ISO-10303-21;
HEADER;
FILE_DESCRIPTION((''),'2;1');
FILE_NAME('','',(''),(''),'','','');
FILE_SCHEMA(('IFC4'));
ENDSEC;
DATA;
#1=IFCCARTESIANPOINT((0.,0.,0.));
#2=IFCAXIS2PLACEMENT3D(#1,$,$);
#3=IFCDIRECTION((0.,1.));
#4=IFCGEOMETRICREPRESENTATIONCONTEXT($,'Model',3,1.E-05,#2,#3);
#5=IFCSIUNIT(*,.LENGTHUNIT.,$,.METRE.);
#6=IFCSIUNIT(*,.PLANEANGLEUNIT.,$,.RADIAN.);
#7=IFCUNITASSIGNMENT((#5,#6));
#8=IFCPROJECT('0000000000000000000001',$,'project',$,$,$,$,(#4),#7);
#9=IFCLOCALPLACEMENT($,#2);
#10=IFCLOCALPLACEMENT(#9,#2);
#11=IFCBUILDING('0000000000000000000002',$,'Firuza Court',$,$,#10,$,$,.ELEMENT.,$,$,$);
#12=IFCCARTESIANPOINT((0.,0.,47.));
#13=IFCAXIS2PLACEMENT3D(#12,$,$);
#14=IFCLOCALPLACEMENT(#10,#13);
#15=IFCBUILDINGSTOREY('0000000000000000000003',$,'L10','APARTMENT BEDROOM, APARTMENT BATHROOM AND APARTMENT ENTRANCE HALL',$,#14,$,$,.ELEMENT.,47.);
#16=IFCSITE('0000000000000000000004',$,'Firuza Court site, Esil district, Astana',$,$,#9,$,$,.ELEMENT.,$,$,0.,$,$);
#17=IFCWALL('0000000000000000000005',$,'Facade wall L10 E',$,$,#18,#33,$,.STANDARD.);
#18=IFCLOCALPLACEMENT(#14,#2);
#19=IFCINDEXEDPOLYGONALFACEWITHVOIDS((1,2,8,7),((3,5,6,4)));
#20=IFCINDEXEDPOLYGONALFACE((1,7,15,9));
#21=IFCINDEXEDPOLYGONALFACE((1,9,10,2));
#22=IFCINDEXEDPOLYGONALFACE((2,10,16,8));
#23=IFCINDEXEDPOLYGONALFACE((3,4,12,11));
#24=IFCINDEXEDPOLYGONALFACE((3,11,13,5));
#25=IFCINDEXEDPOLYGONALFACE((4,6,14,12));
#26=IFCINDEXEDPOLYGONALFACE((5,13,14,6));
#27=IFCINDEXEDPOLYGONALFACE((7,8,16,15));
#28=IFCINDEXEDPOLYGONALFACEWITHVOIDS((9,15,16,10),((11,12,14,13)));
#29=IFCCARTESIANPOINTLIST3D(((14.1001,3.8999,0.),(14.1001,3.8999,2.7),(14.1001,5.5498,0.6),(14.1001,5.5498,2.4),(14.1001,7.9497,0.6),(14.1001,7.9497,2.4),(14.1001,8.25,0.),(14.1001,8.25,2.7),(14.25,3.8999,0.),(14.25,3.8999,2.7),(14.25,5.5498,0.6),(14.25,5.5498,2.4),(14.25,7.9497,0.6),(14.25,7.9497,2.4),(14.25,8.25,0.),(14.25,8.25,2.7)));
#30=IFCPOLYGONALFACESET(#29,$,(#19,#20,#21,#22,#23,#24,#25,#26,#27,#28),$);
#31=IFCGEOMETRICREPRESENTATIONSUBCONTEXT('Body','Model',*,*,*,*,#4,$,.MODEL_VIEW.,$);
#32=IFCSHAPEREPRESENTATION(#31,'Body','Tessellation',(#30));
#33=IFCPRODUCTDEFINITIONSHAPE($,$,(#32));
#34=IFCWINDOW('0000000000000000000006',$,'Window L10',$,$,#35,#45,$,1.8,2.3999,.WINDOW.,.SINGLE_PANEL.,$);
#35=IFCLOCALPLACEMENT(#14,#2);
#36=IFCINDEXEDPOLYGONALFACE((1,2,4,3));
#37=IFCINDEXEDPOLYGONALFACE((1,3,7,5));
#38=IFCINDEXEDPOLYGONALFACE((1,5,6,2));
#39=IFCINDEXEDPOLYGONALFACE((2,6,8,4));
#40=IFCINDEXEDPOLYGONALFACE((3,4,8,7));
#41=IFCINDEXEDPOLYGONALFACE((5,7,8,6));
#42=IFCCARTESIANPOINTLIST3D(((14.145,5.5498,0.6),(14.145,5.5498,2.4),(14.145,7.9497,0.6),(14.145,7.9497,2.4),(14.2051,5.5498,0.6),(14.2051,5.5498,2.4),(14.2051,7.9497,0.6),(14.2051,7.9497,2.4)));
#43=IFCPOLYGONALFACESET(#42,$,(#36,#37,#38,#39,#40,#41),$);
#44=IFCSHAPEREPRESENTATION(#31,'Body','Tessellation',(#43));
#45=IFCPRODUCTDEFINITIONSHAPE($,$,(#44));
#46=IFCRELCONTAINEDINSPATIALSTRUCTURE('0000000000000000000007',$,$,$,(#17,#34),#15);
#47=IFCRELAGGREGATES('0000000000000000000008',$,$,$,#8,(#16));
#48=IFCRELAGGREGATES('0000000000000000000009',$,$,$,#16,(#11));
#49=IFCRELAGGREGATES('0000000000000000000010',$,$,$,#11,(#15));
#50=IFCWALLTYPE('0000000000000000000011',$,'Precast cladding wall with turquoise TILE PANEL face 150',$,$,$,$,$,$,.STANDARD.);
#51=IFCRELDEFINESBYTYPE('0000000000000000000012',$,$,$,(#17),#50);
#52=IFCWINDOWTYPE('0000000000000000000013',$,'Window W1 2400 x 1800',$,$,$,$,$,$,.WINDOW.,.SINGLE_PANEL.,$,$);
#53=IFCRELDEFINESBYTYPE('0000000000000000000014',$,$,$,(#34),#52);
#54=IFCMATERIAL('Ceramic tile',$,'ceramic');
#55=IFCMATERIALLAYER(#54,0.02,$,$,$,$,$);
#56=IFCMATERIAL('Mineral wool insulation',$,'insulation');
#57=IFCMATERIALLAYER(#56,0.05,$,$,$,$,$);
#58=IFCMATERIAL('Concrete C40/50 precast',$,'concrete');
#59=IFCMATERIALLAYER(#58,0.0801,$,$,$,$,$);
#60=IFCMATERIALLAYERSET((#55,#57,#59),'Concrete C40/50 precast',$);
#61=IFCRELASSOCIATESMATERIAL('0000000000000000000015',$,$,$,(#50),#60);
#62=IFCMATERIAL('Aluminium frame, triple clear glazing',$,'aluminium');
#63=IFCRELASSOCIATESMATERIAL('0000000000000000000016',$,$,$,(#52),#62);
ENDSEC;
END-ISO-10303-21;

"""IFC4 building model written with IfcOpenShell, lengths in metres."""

from ifc_helpers import new_model, si_unit, direction, frame, frame_2d, origin, place, context, subcontext, project, spatial, rectangle, extrude, material, layer, layer_set, type_object, element, fill, save


model = new_model("IFC4")

# Units and contexts
model_context = context("Model", 3, precision=1e-05, world=origin(), true_north=direction((0.0, 1.0)))
body_context = subcontext(model_context, "Body", "Model", "MODEL_VIEW")
ifc_project = project(units=[si_unit("LENGTHUNIT", "METRE"), si_unit("PLANEANGLEUNIT", "RADIAN")], contexts=[model_context])

# Site, building, storey
site_placement = place(None, origin())
site = spatial("IfcSite", under=ifc_project, at=site_placement, Name="Firuza Court site, Esil district, Astana", CompositionType="ELEMENT", RefElevation=0.0)
building_placement = place(site_placement, origin())
building = spatial("IfcBuilding", under=site, at=building_placement, Name="Firuza Court", CompositionType="ELEMENT")
storey_placement = place(building_placement, frame((0.0, 0.0, 47.0)))
storey = spatial("IfcBuildingStorey", under=building, at=storey_placement, Name="L10", Description="APARTMENT BEDROOM, APARTMENT BATHROOM AND APARTMENT ENTRANCE HALL", CompositionType="ELEMENT", Elevation=47.0)

# Shared definitions
ifc_material_1 = material(Name="Ceramic tile", Category="ceramic")
ifc_layer_1 = layer(ifc_material_1, 0.02)
ifc_material_2 = material(Name="Mineral wool insulation", Category="insulation")
ifc_layer_2 = layer(ifc_material_2, 0.05)
ifc_material_3 = material(Name="Concrete C40/50 precast", Category="concrete")
ifc_layer_3 = layer(ifc_material_3, 0.0801)
ifc_layer_set_1 = layer_set([ifc_layer_1, ifc_layer_2, ifc_layer_3], Name="Concrete C40/50 precast")
wall_type_1 = type_object("IfcWallType", Name="Precast cladding wall with turquoise TILE PANEL face 150", PredefinedType="STANDARD", material=ifc_layer_set_1)

# Wall, opening, window
wall_1_placement = place(storey_placement, frame((14.175, 3.8999, 0.0), z_axis=(0.0, 0.0, 1.0), x_axis=(0.0, 1.0, 0.0)))
wall_1 = element("IfcWall", 1, at=wall_1_placement, inside=storey, type_object=wall_type_1, Name="Facade wall L10 E", PredefinedType="STANDARD", context=body_context, shape_type="SweptSolid", body=[
    extrude(rectangle(XDim=4.3501, YDim=0.1499, at=frame_2d((2.175, 0.0))), origin(), (0.0, 0.0, 1.0), 2.7),
])
opening_placement = place(wall_1_placement, frame((1.6499, 0.0, 0.6001)))
opening = element("IfcOpeningElement", 2, at=opening_placement, cuts=wall_1, PredefinedType="OPENING", context=body_context, shape_type="SweptSolid", body=[
    extrude(rectangle(XDim=2.3999, YDim=1.8, at=frame_2d((1.2, 0.8999))), frame((0.0, 0.0869, 0.0), z_axis=(0.0, -1.0, 0.0), x_axis=(1.0, 0.0, 0.0)), (0.0, 0.0, 1.0), 0.1738),
])
ifc_material_4 = material(Name="Aluminium frame, triple clear glazing", Category="aluminium")
window_type = type_object("IfcWindowType", Name="Window W1 2400 x 1800", PartitioningType="SINGLE_PANEL", PredefinedType="WINDOW", material=ifc_material_4)
window_placement = place(opening_placement, origin())
window = element("IfcWindow", 3, at=window_placement, inside=storey, type_object=window_type, Name="Window L10", OverallHeight=1.8, OverallWidth=2.3999, PartitioningType="SINGLE_PANEL", PredefinedType="WINDOW", context=body_context, shape_type="SweptSolid", body=[
    extrude(rectangle(XDim=2.3999, YDim=1.8, at=frame_2d((1.2, 0.8999))), frame((0.0, 0.03, 0.0), z_axis=(0.0, -1.0, 0.0), x_axis=(1.0, 0.0, 0.0)), (0.0, 0.0, 1.0), 0.0601),
])
fill(opening, window)

save(model, "model.ifc")
